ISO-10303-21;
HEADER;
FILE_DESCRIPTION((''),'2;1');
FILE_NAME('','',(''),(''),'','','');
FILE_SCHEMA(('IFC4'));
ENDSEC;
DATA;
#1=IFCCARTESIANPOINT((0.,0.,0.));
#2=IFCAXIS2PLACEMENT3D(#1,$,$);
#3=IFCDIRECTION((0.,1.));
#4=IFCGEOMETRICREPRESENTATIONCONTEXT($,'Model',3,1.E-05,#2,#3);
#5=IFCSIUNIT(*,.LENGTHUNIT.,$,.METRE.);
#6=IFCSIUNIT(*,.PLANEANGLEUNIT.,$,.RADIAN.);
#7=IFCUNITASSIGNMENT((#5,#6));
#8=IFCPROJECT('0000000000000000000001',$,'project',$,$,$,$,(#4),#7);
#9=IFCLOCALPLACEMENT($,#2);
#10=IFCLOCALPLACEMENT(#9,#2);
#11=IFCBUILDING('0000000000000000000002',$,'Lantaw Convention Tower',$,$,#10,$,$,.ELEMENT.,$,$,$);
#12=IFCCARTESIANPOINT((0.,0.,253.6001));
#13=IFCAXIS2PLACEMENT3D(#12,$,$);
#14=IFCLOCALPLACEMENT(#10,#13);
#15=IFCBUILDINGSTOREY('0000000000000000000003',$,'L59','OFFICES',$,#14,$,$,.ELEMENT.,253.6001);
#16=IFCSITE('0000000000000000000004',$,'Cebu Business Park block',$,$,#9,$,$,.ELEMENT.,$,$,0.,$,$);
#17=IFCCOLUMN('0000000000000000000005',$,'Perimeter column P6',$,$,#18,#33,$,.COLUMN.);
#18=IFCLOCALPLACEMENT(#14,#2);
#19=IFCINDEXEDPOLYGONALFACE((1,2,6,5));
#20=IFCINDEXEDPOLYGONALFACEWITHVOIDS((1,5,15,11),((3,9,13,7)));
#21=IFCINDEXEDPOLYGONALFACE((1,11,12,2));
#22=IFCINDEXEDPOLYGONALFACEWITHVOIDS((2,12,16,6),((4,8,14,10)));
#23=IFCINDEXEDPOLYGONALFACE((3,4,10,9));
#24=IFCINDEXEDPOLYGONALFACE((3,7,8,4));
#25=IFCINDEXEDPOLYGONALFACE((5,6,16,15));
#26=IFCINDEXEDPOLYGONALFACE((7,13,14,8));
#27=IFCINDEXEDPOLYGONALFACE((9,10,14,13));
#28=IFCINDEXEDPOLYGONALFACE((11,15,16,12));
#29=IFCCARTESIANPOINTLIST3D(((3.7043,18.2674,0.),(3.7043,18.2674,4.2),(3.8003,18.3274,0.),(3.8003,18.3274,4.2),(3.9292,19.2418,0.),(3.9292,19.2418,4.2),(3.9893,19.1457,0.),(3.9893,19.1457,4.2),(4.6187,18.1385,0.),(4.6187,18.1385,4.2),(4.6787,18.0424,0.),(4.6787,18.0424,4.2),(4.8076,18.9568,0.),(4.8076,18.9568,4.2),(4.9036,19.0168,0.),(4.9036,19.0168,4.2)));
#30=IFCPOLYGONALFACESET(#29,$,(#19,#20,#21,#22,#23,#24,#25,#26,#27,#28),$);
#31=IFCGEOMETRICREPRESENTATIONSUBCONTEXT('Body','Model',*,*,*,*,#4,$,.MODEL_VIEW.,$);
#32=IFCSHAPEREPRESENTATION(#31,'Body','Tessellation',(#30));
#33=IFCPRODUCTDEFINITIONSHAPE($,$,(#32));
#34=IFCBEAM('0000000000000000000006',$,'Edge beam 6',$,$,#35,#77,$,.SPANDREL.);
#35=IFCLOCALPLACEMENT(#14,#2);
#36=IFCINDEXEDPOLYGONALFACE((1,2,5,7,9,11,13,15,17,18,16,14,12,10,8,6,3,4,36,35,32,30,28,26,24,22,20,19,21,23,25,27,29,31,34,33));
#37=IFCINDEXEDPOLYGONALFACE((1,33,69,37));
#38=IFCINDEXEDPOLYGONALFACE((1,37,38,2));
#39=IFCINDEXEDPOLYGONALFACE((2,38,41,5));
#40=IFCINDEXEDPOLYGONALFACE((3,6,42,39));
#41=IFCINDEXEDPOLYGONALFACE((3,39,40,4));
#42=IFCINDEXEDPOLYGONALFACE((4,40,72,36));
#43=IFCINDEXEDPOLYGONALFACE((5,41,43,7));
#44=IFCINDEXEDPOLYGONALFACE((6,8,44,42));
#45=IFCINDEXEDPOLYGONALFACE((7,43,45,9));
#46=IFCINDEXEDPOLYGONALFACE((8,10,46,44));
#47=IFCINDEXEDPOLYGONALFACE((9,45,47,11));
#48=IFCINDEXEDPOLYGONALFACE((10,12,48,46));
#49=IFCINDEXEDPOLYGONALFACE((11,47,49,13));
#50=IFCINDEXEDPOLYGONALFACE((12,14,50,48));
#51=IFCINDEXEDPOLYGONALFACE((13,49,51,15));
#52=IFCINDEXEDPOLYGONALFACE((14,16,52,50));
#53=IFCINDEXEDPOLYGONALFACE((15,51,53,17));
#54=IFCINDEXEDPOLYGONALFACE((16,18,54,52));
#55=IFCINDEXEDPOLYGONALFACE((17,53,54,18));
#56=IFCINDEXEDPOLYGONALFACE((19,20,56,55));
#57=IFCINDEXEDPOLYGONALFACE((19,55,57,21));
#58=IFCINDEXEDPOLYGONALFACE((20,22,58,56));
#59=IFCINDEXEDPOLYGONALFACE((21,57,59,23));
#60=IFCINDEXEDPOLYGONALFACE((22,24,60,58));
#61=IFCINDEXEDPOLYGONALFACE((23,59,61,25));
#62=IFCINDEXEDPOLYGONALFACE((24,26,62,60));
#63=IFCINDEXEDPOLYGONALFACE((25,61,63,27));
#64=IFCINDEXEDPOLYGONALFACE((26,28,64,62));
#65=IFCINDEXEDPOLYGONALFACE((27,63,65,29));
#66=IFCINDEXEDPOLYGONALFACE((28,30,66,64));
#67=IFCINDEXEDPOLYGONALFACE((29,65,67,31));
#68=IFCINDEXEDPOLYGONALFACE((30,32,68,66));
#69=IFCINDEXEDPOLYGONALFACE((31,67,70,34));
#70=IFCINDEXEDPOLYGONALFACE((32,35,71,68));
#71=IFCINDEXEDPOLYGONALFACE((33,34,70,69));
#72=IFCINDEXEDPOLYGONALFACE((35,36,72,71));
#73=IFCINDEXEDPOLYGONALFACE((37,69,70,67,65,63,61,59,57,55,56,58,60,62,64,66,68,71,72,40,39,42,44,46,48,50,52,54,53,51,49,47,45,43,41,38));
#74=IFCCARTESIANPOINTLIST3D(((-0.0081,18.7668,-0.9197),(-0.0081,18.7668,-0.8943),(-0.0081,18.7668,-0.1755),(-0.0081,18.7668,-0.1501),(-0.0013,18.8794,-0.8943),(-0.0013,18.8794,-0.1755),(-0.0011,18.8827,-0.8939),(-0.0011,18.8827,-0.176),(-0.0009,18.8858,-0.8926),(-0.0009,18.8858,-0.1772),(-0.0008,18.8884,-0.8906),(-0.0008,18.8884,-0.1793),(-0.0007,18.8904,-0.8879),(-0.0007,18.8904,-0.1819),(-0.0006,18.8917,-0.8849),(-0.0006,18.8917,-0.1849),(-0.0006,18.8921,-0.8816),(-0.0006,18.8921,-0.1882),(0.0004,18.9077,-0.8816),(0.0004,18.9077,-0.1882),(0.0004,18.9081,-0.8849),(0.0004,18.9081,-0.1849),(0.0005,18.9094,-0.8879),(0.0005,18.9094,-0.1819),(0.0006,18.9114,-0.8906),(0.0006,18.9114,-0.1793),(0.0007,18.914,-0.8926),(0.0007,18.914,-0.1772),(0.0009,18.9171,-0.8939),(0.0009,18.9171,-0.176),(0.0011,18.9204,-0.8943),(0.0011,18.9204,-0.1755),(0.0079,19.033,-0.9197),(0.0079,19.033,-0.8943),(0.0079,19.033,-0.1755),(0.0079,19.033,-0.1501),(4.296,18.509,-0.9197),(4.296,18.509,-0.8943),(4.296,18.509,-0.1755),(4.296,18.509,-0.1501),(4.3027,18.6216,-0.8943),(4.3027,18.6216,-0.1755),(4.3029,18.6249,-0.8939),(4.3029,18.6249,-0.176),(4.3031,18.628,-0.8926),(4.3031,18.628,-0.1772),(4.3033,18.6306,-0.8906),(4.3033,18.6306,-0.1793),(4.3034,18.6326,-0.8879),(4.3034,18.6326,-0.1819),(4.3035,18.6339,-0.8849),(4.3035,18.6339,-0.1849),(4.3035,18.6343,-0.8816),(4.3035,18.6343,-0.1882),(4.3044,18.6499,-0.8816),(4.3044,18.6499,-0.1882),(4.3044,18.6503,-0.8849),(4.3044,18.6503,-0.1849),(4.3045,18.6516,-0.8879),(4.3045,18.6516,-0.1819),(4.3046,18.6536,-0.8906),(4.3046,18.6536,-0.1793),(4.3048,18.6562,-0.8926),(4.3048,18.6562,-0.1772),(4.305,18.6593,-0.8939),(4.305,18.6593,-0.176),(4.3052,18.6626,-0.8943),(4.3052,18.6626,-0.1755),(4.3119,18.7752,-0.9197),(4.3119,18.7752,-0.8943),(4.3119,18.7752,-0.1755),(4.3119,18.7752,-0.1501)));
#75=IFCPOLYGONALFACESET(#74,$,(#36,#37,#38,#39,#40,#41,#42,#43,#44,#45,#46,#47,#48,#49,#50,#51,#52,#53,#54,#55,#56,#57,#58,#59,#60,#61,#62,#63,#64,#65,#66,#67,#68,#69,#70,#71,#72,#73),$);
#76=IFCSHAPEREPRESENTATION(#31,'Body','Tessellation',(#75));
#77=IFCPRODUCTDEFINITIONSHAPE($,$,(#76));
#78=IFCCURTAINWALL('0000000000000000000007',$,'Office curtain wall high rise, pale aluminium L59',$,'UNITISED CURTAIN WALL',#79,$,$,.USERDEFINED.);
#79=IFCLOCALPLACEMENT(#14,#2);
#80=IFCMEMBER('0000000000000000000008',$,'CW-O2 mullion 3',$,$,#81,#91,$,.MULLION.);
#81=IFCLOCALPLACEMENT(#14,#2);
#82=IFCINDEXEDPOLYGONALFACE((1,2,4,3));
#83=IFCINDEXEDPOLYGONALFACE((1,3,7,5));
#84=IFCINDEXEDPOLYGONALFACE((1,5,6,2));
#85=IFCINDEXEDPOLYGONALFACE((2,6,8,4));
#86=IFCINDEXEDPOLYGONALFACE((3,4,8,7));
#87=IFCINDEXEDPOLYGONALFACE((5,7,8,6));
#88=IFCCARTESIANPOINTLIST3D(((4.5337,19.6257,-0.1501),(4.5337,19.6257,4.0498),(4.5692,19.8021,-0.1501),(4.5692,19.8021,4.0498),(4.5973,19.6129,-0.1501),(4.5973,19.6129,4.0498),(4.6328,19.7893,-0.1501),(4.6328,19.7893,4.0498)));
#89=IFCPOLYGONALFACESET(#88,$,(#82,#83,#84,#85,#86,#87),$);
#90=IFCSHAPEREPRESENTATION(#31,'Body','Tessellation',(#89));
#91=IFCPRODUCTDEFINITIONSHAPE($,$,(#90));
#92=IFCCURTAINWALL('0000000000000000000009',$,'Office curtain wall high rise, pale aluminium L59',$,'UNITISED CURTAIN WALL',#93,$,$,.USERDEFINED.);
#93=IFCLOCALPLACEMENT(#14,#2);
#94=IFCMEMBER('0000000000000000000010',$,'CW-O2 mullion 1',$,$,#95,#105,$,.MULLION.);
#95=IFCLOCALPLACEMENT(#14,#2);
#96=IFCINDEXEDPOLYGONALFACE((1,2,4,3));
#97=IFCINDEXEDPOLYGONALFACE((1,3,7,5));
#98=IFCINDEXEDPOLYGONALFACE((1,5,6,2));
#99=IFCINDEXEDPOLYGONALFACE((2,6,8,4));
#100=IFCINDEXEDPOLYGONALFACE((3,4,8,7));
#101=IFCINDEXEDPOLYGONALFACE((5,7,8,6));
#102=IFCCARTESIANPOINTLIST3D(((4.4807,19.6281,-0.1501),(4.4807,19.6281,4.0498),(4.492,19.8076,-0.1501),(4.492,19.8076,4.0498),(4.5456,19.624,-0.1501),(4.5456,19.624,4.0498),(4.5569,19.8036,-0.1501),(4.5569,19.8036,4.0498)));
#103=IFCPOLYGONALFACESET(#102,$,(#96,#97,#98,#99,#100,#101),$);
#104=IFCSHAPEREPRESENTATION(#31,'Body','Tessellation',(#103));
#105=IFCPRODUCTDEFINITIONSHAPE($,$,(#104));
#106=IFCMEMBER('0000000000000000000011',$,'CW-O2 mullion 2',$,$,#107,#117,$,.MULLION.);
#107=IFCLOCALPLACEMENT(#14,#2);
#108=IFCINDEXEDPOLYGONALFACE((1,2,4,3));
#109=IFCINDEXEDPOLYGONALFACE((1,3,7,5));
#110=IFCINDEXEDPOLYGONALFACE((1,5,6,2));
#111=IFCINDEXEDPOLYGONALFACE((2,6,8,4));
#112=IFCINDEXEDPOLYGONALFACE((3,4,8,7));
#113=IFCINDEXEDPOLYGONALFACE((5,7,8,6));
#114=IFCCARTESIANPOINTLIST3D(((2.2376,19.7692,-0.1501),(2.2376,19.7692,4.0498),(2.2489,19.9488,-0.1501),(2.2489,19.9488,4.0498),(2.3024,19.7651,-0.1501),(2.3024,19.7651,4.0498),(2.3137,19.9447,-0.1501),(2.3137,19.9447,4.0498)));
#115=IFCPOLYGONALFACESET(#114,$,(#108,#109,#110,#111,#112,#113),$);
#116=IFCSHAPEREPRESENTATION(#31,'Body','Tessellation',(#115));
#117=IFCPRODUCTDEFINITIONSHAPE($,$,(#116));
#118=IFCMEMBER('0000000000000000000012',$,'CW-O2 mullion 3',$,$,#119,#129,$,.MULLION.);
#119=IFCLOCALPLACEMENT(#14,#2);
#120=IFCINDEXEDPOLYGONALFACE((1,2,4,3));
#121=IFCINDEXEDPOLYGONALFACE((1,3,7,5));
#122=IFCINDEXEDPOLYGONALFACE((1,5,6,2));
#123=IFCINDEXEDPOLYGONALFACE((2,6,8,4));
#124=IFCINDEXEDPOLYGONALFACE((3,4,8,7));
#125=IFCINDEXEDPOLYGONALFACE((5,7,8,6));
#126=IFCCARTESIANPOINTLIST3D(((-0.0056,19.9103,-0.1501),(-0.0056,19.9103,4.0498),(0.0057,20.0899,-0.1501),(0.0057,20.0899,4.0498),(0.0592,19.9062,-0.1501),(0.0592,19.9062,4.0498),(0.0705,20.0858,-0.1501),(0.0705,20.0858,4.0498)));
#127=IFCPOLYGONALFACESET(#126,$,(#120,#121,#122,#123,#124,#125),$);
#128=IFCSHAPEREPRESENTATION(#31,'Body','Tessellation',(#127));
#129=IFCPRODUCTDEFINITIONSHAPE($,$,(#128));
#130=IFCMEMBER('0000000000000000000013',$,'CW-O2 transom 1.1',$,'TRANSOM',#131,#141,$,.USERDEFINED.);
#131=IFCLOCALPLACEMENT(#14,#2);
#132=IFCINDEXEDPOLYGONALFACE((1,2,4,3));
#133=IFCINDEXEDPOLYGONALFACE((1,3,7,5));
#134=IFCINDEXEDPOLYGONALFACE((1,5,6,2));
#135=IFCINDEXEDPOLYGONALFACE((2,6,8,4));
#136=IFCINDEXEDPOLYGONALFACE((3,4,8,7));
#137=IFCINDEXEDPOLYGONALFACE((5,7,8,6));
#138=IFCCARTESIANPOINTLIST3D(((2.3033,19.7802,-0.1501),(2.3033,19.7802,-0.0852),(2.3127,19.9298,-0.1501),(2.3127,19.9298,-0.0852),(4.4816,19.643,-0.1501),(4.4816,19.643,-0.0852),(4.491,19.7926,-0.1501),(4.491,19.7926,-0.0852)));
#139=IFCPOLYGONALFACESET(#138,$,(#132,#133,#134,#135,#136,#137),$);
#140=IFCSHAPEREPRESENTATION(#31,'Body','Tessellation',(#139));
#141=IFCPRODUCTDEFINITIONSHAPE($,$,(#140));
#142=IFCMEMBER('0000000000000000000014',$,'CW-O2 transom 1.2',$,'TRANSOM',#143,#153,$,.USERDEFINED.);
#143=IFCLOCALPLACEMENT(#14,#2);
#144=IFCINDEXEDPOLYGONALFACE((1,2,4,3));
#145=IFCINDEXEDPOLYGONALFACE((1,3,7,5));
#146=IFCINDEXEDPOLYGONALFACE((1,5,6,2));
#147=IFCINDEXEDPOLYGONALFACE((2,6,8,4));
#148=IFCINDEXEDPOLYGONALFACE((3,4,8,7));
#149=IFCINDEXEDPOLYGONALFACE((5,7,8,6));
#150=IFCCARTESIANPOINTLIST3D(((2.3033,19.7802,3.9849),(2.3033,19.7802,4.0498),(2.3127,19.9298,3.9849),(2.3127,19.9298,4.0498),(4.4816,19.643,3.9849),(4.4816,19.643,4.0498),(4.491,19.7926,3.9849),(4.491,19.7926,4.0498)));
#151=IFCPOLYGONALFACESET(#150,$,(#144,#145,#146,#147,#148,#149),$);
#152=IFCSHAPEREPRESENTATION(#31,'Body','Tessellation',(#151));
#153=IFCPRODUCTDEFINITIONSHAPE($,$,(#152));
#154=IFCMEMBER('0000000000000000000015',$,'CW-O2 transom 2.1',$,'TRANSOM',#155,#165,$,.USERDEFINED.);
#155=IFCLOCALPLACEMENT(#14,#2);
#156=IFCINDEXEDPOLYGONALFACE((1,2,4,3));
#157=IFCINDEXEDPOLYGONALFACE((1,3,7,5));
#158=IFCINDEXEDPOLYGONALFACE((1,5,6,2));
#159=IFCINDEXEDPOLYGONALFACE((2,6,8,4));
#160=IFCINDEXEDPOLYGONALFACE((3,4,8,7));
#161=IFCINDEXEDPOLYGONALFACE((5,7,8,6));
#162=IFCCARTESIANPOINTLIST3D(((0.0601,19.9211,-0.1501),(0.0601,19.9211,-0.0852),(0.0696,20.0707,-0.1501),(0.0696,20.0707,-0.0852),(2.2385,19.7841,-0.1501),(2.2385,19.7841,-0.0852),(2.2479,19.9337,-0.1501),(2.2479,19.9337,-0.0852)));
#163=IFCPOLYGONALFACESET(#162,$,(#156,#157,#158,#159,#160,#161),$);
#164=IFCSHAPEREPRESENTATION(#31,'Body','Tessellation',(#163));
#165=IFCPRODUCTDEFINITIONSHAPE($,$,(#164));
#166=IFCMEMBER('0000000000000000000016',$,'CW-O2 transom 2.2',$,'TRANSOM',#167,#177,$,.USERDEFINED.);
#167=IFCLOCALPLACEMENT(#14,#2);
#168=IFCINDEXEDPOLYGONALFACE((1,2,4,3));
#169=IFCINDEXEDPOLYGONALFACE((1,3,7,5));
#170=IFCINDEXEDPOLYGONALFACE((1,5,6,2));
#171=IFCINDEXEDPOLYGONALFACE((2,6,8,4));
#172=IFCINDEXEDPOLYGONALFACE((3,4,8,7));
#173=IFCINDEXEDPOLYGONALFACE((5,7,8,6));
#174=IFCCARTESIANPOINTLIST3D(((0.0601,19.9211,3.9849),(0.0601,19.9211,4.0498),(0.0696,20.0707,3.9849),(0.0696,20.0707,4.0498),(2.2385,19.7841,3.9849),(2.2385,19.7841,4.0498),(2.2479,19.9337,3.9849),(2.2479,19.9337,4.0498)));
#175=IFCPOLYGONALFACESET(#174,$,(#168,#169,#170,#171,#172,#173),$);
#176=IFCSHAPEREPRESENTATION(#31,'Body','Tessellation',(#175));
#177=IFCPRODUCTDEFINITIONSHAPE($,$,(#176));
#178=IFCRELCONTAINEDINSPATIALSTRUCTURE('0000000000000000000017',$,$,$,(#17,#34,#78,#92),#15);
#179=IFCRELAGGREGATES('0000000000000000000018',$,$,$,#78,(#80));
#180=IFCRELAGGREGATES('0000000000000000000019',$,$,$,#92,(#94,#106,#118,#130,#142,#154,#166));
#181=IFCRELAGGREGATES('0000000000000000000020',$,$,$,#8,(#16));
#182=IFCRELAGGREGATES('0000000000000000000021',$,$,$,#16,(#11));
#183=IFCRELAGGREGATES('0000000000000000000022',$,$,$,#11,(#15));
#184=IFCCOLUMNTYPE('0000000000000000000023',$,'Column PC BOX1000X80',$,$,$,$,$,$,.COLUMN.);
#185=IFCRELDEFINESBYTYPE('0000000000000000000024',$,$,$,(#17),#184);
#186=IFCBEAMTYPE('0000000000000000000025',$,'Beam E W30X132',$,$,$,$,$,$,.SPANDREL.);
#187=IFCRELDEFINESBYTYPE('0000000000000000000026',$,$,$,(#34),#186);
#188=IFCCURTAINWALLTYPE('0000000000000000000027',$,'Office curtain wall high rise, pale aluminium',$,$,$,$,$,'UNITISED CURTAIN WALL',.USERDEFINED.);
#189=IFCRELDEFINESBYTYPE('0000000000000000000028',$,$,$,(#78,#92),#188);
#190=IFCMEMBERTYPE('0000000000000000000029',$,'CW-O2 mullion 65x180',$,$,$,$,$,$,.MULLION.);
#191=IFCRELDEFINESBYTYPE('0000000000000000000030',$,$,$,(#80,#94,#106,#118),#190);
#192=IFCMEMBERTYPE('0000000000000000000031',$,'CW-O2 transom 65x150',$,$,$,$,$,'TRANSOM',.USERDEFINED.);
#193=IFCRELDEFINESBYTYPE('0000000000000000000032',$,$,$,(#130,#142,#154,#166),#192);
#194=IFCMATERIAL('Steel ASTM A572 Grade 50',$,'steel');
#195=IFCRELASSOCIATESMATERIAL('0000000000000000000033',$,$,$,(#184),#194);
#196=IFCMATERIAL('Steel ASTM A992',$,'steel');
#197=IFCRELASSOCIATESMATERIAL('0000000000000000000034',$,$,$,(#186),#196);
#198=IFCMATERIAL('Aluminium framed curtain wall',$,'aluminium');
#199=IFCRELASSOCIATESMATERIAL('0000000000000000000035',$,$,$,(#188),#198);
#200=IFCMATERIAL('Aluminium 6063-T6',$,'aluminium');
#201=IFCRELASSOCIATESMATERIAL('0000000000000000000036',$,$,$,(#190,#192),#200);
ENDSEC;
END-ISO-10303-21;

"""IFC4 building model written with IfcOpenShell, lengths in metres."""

from ifc_helpers import new_model, si_unit, direction, frame, origin, origin_2d, place, context, subcontext, project, spatial, rectangle, hollow_rectangle, i_section, extrude, material, material_profile, profile_set, type_object, element, aggregate, save


model = new_model("IFC4")

# Units and contexts
model_context = context("Model", 3, precision=1e-05, world=origin(), true_north=direction((0.0, 1.0)))
body_context = subcontext(model_context, "Body", "Model", "MODEL_VIEW")
ifc_project = project(units=[si_unit("LENGTHUNIT", "METRE"), si_unit("PLANEANGLEUNIT", "RADIAN")], contexts=[model_context])

# Site, building, storey
site_placement = place(None, origin())
site = spatial("IfcSite", under=ifc_project, at=site_placement, Name="Cebu Business Park block", CompositionType="ELEMENT", RefElevation=0.0)
building_placement = place(site_placement, origin())
building = spatial("IfcBuilding", under=site, at=building_placement, Name="Lantaw Convention Tower", CompositionType="ELEMENT")
storey_placement = place(building_placement, frame((0.0, 0.0, 253.6001)))
storey = spatial("IfcBuildingStorey", under=building, at=storey_placement, Name="L59", Description="OFFICES", CompositionType="ELEMENT", Elevation=253.6001)

# Column
ifc_material_1 = material(Name="Steel ASTM A572 Grade 50", Category="steel")
ifc_material_profile_1 = material_profile(ifc_material_1, hollow_rectangle(XDim=1.0, YDim=1.0, WallThickness=0.0801, at=origin_2d()), Name="BOX1000X80")
ifc_material_2 = material(Name="Concrete C60/75", Category="concrete")
ifc_material_profile_2 = material_profile(ifc_material_2, rectangle(XDim=0.8401, YDim=0.8401, at=origin_2d()), Name="Concrete fill of BOX1000X80")
ifc_profile_set_1 = profile_set([ifc_material_profile_1, ifc_material_profile_2], Name="Steel ASTM A572 Grade 50")
column_type = type_object("IfcColumnType", Name="Column PC BOX1000X80", PredefinedType="COLUMN", material=ifc_profile_set_1)
column_placement = place(storey_placement, frame((4.304, 18.6421, 0.0), z_axis=(0.0, 0.0, 1.0), x_axis=(0.224951, 0.97437, 0.0)))
element("IfcColumn", 1, at=column_placement, inside=storey, type_object=column_type, Name="Perimeter column P6", PredefinedType="COLUMN", context=body_context, shape_type="SweptSolid", body=[
    extrude(hollow_rectangle(XDim=1.0, YDim=1.0, WallThickness=0.0801, at=origin_2d()), origin(), (0.0, 0.0, 1.0), 4.2),
])

# Beam
ifc_material_3 = material(Name="Steel ASTM A992", Category="steel")
ifc_material_profile_3 = material_profile(ifc_material_3, i_section(OverallWidth=0.2666, OverallDepth=0.7695, WebThickness=0.0156, FlangeThickness=0.0254, FilletRadius=0.0127, at=origin_2d()), Name="W30X132")
ifc_profile_set_2 = profile_set([ifc_material_profile_3], Name="Steel ASTM A992")
beam_type = type_object("IfcBeamType", Name="Beam E W30X132", PredefinedType="SPANDREL", material=ifc_profile_set_2)
beam_placement = place(storey_placement, frame((4.304, 18.6421, -0.5349), z_axis=(-0.998211, 0.059794, 0.0), x_axis=(-0.059794, -0.998211, 0.0)))
element("IfcBeam", 2, at=beam_placement, inside=storey, type_object=beam_type, Name="Edge beam 6", PredefinedType="SPANDREL", context=body_context, shape_type="SweptSolid", body=[
    extrude(i_section(OverallWidth=0.2666, OverallDepth=0.7695, WebThickness=0.0156, FlangeThickness=0.0254, FilletRadius=0.0127, at=origin_2d()), origin(), (0.0, 0.0, 1.0), 4.3118),
])

# Curtain wall, member
ifc_material_4 = material(Name="Aluminium framed curtain wall", Category="aluminium")
curtain_wall_type = type_object("IfcCurtainWallType", Name="Office curtain wall high rise, pale aluminium", ElementType="UNITISED CURTAIN WALL", PredefinedType="USERDEFINED", material=ifc_material_4)
curtain_wall_1_placement = place(storey_placement, origin())
curtain_wall_1 = element("IfcCurtainWall", 3, at=curtain_wall_1_placement, inside=storey, type_object=curtain_wall_type, Name="Office curtain wall high rise, pale aluminium L59", ObjectType="UNITISED CURTAIN WALL", PredefinedType="USERDEFINED")
ifc_material_5 = material(Name="Aluminium 6063-T6", Category="aluminium")
ifc_material_profile_4 = material_profile(ifc_material_5, rectangle(XDim=0.1799, YDim=0.0649, at=origin_2d()), Name="CW-O2 mullion 65x180")
ifc_profile_set_3 = profile_set([ifc_material_profile_4], Name="Aluminium 6063-T6")
member_type_1 = type_object("IfcMemberType", Name="CW-O2 mullion 65x180", PredefinedType="MULLION", material=ifc_profile_set_3)
member_1_placement = place(storey_placement, frame((4.5833, 19.7075, -0.1501), z_axis=(0.0, 0.0, 1.0), x_axis=(-0.197183, -0.980367, 0.0)))
member_1 = element("IfcMember", 4, at=member_1_placement, type_object=member_type_1, Name="CW-O2 mullion 3", PredefinedType="MULLION", context=body_context, shape_type="SweptSolid", body=[
    extrude(rectangle(XDim=0.1799, YDim=0.0649, at=origin_2d()), origin(), (0.0, 0.0, 1.0), 4.2),
])
aggregate(curtain_wall_1, [member_1])

# Curtain wall, members
curtain_wall_2_placement = place(storey_placement, origin())
curtain_wall_2 = element("IfcCurtainWall", 5, at=curtain_wall_2_placement, inside=storey, type_object=curtain_wall_type, Name="Office curtain wall high rise, pale aluminium L59", ObjectType="UNITISED CURTAIN WALL", PredefinedType="USERDEFINED")
member_2_placement = place(storey_placement, frame((4.5188, 19.7158, -0.1501), z_axis=(0.0, 0.0, 1.0), x_axis=(-0.062758, -0.998029, 0.0)))
member_2 = element("IfcMember", 6, at=member_2_placement, type_object=member_type_1, Name="CW-O2 mullion 1", PredefinedType="MULLION", context=body_context, shape_type="SweptSolid", body=[
    extrude(rectangle(XDim=0.1799, YDim=0.0649, at=origin_2d()), origin(), (0.0, 0.0, 1.0), 4.2),
])
member_3_placement = place(storey_placement, frame((2.2756, 19.8569, -0.1501), z_axis=(0.0, 0.0, 1.0), x_axis=(-0.062758, -0.998029, 0.0)))
member_3 = element("IfcMember", 7, at=member_3_placement, type_object=member_type_1, Name="CW-O2 mullion 2", PredefinedType="MULLION", context=body_context, shape_type="SweptSolid", body=[
    extrude(rectangle(XDim=0.1799, YDim=0.0649, at=origin_2d()), origin(), (0.0, 0.0, 1.0), 4.2),
])
member_4_placement = place(storey_placement, frame((0.0325, 19.998, -0.1501), z_axis=(0.0, 0.0, 1.0), x_axis=(-0.062758, -0.998029, 0.0)))
member_4 = element("IfcMember", 8, at=member_4_placement, type_object=member_type_1, Name="CW-O2 mullion 3", PredefinedType="MULLION", context=body_context, shape_type="SweptSolid", body=[
    extrude(rectangle(XDim=0.1799, YDim=0.0649, at=origin_2d()), origin(), (0.0, 0.0, 1.0), 4.2),
])
ifc_material_profile_5 = material_profile(ifc_material_5, rectangle(XDim=0.1499, YDim=0.0649, at=origin_2d()), Name="CW-O2 transom 65x150")
ifc_profile_set_4 = profile_set([ifc_material_profile_5], Name="Aluminium 6063-T6")
member_type_2 = type_object("IfcMemberType", Name="CW-O2 transom 65x150", ElementType="TRANSOM", PredefinedType="USERDEFINED", material=ifc_profile_set_4)
member_5_placement = place(storey_placement, frame((4.4863, 19.7178, -0.1177), z_axis=(-0.998022, 0.062866, 0.0), x_axis=(-0.062866, -0.998022, 0.0)))
member_5 = element("IfcMember", 9, at=member_5_placement, type_object=member_type_2, Name="CW-O2 transom 1.1", ObjectType="TRANSOM", PredefinedType="USERDEFINED", context=body_context, shape_type="SweptSolid", body=[
    extrude(rectangle(XDim=0.1499, YDim=0.0649, at=origin_2d()), origin(), (0.0, 0.0, 1.0), 2.1826),
])
member_6_placement = place(storey_placement, frame((4.4863, 19.7178, 4.0173), z_axis=(-0.998022, 0.062866, 0.0), x_axis=(-0.062866, -0.998022, 0.0)))
member_6 = element("IfcMember", 10, at=member_6_placement, type_object=member_type_2, Name="CW-O2 transom 1.2", ObjectType="TRANSOM", PredefinedType="USERDEFINED", context=body_context, shape_type="SweptSolid", body=[
    extrude(rectangle(XDim=0.1499, YDim=0.0649, at=origin_2d()), origin(), (0.0, 0.0, 1.0), 2.1826),
])
member_7_placement = place(storey_placement, frame((2.2432, 19.8589, -0.1177), z_axis=(-0.998029, 0.062754, 0.0), x_axis=(-0.062754, -0.998029, 0.0)))
member_7 = element("IfcMember", 11, at=member_7_placement, type_object=member_type_2, Name="CW-O2 transom 2.1", ObjectType="TRANSOM", PredefinedType="USERDEFINED", context=body_context, shape_type="SweptSolid", body=[
    extrude(rectangle(XDim=0.1499, YDim=0.0649, at=origin_2d()), origin(), (0.0, 0.0, 1.0), 2.1826),
])
member_8_placement = place(storey_placement, frame((2.2432, 19.8589, 4.0173), z_axis=(-0.998029, 0.062754, 0.0), x_axis=(-0.062754, -0.998029, 0.0)))
member_8 = element("IfcMember", 12, at=member_8_placement, type_object=member_type_2, Name="CW-O2 transom 2.2", ObjectType="TRANSOM", PredefinedType="USERDEFINED", context=body_context, shape_type="SweptSolid", body=[
    extrude(rectangle(XDim=0.1499, YDim=0.0649, at=origin_2d()), origin(), (0.0, 0.0, 1.0), 2.1826),
])
aggregate(curtain_wall_2, [member_2, member_3, member_4, member_5, member_6, member_7, member_8])

save(model, "model.ifc")
